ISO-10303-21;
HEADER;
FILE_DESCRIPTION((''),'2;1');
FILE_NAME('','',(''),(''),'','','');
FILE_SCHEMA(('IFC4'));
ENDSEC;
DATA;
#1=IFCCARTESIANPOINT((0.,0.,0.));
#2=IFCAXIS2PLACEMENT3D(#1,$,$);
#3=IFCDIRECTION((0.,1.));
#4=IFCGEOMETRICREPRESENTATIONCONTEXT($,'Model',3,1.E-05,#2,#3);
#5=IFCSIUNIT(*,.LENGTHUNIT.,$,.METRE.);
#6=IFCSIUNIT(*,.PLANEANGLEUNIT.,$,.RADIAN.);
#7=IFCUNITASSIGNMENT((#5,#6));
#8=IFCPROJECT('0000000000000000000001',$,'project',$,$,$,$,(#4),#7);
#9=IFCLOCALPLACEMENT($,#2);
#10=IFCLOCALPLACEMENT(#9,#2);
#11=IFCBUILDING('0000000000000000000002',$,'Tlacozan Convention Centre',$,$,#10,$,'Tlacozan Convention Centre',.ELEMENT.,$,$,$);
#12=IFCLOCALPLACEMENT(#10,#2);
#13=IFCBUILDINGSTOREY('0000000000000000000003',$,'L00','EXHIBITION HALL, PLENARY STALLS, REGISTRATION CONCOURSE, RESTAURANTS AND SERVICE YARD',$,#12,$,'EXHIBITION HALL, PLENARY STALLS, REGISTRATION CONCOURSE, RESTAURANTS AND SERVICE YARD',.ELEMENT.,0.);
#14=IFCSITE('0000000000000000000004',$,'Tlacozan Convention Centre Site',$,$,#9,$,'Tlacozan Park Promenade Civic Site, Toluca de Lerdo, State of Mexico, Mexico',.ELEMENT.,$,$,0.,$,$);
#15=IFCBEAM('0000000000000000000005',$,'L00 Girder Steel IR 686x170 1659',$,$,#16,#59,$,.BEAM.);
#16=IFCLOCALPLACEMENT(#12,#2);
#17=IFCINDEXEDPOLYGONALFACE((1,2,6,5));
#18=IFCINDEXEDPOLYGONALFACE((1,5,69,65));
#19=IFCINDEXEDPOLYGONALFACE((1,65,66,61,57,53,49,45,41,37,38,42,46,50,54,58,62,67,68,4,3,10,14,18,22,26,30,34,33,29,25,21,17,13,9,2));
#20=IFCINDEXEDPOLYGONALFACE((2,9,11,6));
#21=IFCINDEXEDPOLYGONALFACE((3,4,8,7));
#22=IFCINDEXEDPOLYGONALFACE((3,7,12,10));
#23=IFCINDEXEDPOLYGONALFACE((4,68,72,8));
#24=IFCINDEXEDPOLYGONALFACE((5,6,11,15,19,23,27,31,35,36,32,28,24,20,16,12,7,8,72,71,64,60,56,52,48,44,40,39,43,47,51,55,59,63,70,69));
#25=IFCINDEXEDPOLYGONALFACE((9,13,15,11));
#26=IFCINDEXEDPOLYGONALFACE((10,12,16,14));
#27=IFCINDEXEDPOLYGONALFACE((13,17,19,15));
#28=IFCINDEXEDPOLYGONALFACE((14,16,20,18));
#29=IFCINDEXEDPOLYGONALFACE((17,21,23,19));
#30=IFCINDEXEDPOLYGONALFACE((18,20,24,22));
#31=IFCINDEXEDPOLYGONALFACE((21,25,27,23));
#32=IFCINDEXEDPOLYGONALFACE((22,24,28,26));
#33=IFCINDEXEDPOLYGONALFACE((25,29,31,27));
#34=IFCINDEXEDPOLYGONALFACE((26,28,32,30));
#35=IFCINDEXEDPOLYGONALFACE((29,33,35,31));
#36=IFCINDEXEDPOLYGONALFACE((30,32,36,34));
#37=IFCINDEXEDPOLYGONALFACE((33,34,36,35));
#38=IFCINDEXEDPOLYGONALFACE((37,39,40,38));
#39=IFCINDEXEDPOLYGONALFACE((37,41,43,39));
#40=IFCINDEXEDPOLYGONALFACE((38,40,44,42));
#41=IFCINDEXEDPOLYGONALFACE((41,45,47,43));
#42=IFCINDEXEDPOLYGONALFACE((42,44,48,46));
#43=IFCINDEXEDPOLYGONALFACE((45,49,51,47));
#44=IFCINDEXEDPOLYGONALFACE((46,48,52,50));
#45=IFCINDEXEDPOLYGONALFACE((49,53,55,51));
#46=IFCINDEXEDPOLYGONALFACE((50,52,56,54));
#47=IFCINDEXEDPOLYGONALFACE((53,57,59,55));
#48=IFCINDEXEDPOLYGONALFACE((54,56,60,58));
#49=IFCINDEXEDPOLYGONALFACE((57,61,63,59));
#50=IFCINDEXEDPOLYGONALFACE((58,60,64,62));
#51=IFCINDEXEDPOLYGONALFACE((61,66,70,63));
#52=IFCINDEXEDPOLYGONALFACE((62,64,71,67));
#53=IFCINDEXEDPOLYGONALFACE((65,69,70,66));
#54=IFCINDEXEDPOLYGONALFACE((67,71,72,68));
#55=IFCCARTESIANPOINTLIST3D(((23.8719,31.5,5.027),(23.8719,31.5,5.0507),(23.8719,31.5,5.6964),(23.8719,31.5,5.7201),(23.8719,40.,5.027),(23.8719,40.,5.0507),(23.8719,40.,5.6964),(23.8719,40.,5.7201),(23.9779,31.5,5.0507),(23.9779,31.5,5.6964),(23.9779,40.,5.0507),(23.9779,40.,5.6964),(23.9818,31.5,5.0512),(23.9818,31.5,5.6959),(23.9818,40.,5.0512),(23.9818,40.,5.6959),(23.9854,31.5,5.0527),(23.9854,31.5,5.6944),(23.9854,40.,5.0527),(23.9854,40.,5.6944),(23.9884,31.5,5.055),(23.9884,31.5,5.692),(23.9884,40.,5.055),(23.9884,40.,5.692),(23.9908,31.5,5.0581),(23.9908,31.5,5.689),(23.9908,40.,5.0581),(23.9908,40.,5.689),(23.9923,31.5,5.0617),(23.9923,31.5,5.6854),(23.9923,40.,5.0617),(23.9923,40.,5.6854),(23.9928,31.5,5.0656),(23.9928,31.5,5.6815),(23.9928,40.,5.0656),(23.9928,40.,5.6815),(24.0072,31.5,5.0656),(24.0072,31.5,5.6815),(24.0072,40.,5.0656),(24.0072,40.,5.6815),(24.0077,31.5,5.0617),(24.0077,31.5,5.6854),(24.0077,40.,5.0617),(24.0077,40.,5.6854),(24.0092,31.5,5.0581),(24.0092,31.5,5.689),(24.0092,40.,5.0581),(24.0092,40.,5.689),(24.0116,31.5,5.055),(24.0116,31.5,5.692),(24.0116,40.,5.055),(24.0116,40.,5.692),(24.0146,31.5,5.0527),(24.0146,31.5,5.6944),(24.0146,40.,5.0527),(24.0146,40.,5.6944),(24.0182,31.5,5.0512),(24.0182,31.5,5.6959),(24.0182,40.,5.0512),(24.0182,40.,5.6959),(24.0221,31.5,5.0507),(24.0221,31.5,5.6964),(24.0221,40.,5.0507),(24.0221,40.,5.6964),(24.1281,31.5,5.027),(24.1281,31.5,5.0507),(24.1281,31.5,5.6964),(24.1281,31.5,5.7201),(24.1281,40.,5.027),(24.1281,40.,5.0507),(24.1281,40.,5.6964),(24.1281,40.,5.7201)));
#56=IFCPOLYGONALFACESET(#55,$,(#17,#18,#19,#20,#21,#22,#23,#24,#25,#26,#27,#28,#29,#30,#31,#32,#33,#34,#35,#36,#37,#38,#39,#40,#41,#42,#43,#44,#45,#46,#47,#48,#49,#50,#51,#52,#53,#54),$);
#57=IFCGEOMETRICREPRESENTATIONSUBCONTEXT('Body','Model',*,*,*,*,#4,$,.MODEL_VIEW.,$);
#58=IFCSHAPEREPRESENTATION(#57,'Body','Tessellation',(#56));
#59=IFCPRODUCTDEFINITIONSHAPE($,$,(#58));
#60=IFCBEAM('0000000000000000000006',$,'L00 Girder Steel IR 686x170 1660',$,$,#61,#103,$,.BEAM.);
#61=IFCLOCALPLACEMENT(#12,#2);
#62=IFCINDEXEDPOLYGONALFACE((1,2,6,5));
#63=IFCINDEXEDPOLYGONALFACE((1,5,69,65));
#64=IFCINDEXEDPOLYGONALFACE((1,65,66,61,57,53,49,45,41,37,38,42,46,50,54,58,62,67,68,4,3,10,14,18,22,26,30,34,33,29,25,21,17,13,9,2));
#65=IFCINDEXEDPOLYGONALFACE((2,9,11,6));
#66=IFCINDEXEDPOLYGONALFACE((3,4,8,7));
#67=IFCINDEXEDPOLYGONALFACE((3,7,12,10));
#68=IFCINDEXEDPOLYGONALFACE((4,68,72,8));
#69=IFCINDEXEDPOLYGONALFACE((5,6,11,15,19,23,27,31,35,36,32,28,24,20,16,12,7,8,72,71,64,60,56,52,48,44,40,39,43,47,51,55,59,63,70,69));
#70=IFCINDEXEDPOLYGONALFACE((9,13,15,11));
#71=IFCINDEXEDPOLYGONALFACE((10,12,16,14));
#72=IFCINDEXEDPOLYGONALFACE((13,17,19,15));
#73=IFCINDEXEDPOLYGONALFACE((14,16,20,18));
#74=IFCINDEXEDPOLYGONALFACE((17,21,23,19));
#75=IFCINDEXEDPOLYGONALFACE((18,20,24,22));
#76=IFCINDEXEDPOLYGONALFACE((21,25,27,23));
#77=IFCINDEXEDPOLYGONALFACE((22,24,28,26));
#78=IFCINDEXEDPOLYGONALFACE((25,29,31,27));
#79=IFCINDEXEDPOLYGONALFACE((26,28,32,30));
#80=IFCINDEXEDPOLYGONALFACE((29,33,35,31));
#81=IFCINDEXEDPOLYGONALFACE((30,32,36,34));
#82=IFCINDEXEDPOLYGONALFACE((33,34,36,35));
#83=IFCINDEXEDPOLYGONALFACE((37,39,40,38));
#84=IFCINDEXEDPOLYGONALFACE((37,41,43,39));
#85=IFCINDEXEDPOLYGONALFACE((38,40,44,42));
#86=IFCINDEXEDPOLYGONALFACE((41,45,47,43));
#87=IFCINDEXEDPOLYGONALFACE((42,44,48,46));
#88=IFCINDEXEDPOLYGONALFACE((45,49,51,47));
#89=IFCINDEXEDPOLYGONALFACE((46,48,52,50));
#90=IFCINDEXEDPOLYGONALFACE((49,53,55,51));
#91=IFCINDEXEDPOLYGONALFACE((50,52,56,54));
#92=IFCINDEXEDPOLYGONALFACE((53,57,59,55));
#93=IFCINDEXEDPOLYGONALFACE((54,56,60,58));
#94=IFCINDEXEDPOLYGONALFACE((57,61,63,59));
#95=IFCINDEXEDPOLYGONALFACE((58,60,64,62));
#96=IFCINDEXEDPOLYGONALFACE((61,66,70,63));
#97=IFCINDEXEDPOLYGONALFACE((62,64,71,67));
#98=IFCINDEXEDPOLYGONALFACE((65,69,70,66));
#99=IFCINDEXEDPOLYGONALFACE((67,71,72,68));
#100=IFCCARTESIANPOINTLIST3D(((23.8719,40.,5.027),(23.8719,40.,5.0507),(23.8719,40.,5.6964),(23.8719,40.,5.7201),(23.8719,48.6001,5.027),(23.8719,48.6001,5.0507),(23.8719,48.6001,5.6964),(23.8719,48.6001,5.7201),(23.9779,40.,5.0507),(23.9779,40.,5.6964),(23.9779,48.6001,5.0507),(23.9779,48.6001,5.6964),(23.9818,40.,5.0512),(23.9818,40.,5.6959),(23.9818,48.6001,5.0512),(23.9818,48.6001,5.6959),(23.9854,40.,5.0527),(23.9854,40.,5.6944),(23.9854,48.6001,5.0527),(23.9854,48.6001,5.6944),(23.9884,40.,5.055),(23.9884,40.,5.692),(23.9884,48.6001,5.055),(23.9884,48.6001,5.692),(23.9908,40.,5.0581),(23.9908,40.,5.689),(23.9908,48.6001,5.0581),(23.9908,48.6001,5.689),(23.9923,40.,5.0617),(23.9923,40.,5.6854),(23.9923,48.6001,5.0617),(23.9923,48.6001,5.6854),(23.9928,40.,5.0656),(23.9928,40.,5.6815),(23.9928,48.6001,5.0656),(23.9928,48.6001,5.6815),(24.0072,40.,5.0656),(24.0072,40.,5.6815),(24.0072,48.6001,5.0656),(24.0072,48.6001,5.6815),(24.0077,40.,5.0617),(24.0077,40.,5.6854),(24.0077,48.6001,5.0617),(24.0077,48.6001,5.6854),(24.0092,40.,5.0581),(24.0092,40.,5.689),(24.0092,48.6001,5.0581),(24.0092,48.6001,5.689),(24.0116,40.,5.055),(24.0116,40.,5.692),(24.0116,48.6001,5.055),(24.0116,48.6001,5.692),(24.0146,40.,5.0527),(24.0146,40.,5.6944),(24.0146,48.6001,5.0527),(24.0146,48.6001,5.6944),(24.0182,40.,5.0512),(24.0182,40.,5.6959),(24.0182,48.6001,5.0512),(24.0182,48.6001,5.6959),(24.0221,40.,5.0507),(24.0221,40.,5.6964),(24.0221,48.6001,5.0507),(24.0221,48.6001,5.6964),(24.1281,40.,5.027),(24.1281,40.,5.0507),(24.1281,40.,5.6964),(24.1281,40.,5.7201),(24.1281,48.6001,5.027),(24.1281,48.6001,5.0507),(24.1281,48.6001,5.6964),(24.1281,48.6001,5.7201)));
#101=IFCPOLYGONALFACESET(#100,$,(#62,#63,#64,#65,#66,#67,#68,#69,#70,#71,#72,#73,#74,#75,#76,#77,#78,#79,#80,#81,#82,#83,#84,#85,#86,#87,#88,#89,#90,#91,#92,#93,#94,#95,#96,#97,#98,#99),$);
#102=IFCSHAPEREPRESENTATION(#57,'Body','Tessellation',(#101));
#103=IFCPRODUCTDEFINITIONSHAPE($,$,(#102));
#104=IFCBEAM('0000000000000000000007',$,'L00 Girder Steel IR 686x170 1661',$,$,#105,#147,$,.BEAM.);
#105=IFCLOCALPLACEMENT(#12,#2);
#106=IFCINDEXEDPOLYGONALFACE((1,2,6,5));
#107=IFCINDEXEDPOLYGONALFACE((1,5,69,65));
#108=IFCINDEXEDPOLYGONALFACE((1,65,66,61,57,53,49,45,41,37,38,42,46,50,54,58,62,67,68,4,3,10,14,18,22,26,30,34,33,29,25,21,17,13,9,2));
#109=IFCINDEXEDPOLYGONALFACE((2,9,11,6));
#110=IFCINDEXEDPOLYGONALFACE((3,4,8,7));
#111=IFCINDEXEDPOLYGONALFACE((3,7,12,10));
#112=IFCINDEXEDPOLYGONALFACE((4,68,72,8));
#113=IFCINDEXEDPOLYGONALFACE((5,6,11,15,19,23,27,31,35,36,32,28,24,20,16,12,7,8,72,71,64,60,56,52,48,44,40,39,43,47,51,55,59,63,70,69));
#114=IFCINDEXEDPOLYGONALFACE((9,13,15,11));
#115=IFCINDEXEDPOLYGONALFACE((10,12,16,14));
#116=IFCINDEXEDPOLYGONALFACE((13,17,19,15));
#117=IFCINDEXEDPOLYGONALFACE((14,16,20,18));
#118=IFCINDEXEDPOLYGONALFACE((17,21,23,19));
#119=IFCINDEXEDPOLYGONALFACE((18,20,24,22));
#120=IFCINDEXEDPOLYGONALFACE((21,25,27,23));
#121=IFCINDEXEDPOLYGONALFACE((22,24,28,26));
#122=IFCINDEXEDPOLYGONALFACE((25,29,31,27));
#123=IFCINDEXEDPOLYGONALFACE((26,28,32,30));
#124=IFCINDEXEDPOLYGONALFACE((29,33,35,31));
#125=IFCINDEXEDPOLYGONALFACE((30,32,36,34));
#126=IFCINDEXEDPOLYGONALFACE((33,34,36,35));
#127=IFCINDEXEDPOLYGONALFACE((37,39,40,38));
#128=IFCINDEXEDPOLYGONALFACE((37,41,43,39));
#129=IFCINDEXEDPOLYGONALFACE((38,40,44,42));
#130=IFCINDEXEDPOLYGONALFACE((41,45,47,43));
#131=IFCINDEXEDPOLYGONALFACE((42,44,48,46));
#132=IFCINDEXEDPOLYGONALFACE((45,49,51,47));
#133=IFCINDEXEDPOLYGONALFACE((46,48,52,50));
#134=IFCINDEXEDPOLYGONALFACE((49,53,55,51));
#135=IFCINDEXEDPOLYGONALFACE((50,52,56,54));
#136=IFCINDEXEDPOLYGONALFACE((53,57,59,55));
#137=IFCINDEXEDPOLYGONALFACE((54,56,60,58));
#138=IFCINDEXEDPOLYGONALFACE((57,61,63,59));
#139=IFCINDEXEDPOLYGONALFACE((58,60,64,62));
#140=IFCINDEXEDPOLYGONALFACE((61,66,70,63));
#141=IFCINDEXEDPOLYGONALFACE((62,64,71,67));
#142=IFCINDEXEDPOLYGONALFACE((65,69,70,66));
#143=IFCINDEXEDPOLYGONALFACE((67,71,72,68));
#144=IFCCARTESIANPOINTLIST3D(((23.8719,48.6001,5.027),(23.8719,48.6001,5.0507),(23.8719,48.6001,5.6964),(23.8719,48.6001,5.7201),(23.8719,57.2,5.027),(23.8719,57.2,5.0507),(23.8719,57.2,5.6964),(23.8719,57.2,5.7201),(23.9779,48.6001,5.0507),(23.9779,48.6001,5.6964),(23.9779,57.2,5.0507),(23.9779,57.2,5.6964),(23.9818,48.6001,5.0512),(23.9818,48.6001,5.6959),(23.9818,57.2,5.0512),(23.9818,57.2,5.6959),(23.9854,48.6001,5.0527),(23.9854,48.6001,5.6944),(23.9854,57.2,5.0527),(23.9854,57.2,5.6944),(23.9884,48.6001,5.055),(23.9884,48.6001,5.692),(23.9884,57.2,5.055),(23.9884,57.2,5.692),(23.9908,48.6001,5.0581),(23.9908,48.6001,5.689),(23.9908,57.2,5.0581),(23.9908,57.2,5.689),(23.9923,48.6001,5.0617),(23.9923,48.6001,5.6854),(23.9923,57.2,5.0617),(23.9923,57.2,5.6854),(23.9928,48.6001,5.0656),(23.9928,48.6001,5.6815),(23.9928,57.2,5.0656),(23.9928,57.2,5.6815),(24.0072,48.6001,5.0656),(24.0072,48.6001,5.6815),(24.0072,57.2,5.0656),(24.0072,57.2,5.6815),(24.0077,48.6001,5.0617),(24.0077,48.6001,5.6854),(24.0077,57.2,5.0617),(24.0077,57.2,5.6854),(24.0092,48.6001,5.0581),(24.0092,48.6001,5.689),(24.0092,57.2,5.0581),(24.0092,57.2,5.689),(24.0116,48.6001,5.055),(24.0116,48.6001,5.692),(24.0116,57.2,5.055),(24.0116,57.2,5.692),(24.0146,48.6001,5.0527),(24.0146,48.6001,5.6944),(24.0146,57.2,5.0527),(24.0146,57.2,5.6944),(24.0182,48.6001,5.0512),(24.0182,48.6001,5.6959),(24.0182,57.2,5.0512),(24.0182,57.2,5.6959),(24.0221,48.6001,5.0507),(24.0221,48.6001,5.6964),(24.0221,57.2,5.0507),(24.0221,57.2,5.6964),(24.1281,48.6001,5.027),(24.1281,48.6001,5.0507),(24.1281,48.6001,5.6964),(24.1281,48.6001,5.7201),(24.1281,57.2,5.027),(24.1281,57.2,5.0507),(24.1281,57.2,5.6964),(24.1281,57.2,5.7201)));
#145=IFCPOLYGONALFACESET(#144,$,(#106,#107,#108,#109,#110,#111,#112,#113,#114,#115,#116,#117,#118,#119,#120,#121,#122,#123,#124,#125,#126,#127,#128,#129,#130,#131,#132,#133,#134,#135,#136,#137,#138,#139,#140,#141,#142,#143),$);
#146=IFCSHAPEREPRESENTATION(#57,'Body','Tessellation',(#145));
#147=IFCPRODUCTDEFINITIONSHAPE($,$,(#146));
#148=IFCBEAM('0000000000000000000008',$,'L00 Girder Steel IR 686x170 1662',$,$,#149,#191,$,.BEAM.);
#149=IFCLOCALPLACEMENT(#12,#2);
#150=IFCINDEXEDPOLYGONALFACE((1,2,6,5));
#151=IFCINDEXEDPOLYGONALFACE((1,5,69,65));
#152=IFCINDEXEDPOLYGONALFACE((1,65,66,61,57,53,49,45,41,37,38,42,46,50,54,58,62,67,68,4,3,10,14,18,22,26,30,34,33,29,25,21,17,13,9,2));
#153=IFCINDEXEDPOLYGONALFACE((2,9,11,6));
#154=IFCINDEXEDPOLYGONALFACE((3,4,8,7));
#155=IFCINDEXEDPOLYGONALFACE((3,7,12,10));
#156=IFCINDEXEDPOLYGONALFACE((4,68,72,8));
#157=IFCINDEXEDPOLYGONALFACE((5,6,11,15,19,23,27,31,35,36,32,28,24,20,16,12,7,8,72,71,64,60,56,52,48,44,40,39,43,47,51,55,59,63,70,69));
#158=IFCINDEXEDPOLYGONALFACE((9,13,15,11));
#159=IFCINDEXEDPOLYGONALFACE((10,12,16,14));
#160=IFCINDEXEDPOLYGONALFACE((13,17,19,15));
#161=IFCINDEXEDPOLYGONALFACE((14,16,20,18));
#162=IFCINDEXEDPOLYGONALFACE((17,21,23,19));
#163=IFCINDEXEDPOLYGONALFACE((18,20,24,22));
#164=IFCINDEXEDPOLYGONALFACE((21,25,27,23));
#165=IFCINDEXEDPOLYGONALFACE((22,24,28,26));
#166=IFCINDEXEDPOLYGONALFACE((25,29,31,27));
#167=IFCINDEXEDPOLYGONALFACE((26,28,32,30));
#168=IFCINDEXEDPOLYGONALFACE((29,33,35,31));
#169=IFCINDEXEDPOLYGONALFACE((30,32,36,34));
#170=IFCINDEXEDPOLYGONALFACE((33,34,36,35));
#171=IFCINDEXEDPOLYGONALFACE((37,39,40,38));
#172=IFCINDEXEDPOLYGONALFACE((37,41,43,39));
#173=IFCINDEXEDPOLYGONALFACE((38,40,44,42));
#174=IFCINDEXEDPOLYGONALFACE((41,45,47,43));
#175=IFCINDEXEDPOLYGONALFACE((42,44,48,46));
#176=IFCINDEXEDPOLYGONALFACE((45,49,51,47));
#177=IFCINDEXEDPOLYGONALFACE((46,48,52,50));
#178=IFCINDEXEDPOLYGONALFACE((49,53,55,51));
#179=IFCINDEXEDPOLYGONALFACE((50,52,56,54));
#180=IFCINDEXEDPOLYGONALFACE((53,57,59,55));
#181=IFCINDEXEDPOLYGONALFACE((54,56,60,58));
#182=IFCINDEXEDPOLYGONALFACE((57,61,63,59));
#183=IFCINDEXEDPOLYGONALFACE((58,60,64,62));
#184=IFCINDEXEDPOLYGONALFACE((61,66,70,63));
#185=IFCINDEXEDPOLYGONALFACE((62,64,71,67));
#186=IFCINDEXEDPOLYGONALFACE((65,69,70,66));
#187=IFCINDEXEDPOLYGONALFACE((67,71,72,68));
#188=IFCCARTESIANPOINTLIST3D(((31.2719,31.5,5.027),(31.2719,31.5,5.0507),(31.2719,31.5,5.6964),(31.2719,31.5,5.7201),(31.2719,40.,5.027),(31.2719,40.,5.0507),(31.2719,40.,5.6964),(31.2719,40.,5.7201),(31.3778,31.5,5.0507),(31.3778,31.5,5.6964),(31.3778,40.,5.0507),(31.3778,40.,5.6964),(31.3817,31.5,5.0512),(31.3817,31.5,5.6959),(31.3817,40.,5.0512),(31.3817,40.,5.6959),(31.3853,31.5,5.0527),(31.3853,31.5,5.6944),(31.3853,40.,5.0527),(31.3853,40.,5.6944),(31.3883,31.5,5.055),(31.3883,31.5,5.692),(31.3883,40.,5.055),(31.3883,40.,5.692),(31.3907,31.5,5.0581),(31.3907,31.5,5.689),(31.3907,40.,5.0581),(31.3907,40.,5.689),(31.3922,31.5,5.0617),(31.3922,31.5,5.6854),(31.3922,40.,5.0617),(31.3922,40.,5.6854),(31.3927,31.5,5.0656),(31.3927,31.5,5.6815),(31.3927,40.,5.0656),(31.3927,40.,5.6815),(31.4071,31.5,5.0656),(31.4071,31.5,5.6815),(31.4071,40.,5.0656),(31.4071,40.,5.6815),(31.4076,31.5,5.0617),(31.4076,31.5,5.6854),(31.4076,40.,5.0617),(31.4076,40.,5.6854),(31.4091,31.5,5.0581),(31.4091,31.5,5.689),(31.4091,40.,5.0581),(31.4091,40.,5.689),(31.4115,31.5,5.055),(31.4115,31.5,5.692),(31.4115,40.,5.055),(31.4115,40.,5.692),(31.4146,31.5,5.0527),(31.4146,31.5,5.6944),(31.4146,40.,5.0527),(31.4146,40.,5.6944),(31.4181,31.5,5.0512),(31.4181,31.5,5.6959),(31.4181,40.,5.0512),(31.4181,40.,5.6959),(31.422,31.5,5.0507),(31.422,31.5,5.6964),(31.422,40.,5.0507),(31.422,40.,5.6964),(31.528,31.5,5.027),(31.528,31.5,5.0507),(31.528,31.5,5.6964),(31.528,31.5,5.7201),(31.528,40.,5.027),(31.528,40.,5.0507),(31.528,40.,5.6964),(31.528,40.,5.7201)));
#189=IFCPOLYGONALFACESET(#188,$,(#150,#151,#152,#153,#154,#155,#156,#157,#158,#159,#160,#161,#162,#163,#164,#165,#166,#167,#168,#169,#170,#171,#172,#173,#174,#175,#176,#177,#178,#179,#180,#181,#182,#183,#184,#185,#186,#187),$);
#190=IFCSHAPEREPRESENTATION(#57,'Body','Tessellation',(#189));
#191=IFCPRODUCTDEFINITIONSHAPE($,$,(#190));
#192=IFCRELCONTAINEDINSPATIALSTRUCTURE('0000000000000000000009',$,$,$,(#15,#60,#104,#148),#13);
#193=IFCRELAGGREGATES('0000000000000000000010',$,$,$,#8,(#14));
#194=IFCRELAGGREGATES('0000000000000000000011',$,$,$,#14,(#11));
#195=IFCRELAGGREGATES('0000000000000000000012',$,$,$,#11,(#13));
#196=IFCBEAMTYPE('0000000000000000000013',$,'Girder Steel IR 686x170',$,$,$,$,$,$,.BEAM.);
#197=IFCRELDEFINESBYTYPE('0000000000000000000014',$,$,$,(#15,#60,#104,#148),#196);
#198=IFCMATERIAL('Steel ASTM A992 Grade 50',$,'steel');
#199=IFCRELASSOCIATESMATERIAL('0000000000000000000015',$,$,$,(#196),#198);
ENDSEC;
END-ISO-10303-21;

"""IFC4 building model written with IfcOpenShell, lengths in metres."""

from ifc_helpers import new_model, si_unit, direction, frame, origin, origin_2d, place, context, subcontext, project, spatial, i_section, extrude, material, material_profile, profile_set, type_object, element, save


model = new_model("IFC4")

# Units and contexts
model_context = context("Model", 3, precision=1e-05, world=origin(), true_north=direction((0.0, 1.0)))
body_context = subcontext(model_context, "Body", "Model", "MODEL_VIEW")
ifc_project = project(units=[si_unit("LENGTHUNIT", "METRE"), si_unit("PLANEANGLEUNIT", "RADIAN")], contexts=[model_context])

# Site, building, storey
site_placement = place(None, origin())
site = spatial("IfcSite", under=ifc_project, at=site_placement, Name="Tlacozan Convention Centre Site", LongName="Tlacozan Park Promenade Civic Site, Toluca de Lerdo, State of Mexico, Mexico", CompositionType="ELEMENT", RefElevation=0.0)
building_placement = place(site_placement, origin())
building = spatial("IfcBuilding", under=site, at=building_placement, Name="Tlacozan Convention Centre", LongName="Tlacozan Convention Centre", CompositionType="ELEMENT")
storey_placement = place(building_placement, origin())
storey = spatial("IfcBuildingStorey", under=building, at=storey_placement, Name="L00", Description="EXHIBITION HALL, PLENARY STALLS, REGISTRATION CONCOURSE, RESTAURANTS AND SERVICE YARD", LongName="EXHIBITION HALL, PLENARY STALLS, REGISTRATION CONCOURSE, RESTAURANTS AND SERVICE YARD", CompositionType="ELEMENT", Elevation=0.0)

# Shared definitions
ifc_material_1 = material(Name="Steel ASTM A992 Grade 50", Category="steel")

# Beams
ifc_material_profile_1 = material_profile(ifc_material_1, i_section(OverallWidth=0.2561, OverallDepth=0.6931, WebThickness=0.0144, FlangeThickness=0.0237, FilletRadius=0.0149, at=origin_2d()), Name="IR 686x170.0")
ifc_profile_set_1 = profile_set([ifc_material_profile_1], Name="Steel ASTM A992 Grade 50")
beam_type_1 = type_object("IfcBeamType", Name="Girder Steel IR 686x170", PredefinedType="BEAM", material=ifc_profile_set_1)
beam_1_placement = place(storey_placement, frame((24.0, 31.5, 5.3735), z_axis=(0.0, 1.0, 0.0), x_axis=(-1.0, 0.0, 0.0)))
element("IfcBeam", 1, at=beam_1_placement, inside=storey, type_object=beam_type_1, Name="L00 Girder Steel IR 686x170 1659", PredefinedType="BEAM", context=body_context, shape_type="SweptSolid", body=[
    extrude(i_section(OverallWidth=0.2561, OverallDepth=0.6931, WebThickness=0.0144, FlangeThickness=0.0237, FilletRadius=0.0149, at=origin_2d()), origin(), (0.0, 0.0, 1.0), 8.5),
])
beam_2_placement = place(storey_placement, frame((24.0, 40.0, 5.3735), z_axis=(0.0, 1.0, 0.0), x_axis=(-1.0, 0.0, 0.0)))
element("IfcBeam", 2, at=beam_2_placement, inside=storey, type_object=beam_type_1, Name="L00 Girder Steel IR 686x170 1660", PredefinedType="BEAM", context=body_context, shape_type="SweptSolid", body=[
    extrude(i_section(OverallWidth=0.2561, OverallDepth=0.6931, WebThickness=0.0144, FlangeThickness=0.0237, FilletRadius=0.0149, at=origin_2d()), origin(), (0.0, 0.0, 1.0), 8.6001),
])
beam_3_placement = place(storey_placement, frame((24.0, 48.6001, 5.3735), z_axis=(0.0, 1.0, 0.0), x_axis=(-1.0, 0.0, 0.0)))
element("IfcBeam", 3, at=beam_3_placement, inside=storey, type_object=beam_type_1, Name="L00 Girder Steel IR 686x170 1661", PredefinedType="BEAM", context=body_context, shape_type="SweptSolid", body=[
    extrude(i_section(OverallWidth=0.2561, OverallDepth=0.6931, WebThickness=0.0144, FlangeThickness=0.0237, FilletRadius=0.0149, at=origin_2d()), origin(), (0.0, 0.0, 1.0), 8.5999),
])
beam_4_placement = place(storey_placement, frame((31.3999, 31.5, 5.3735), z_axis=(0.0, 1.0, 0.0), x_axis=(-1.0, 0.0, 0.0)))
element("IfcBeam", 4, at=beam_4_placement, inside=storey, type_object=beam_type_1, Name="L00 Girder Steel IR 686x170 1662", PredefinedType="BEAM", context=body_context, shape_type="SweptSolid", body=[
    extrude(i_section(OverallWidth=0.2561, OverallDepth=0.6931, WebThickness=0.0144, FlangeThickness=0.0237, FilletRadius=0.0149, at=origin_2d()), origin(), (0.0, 0.0, 1.0), 8.5),
])

save(model, "model.ifc")
